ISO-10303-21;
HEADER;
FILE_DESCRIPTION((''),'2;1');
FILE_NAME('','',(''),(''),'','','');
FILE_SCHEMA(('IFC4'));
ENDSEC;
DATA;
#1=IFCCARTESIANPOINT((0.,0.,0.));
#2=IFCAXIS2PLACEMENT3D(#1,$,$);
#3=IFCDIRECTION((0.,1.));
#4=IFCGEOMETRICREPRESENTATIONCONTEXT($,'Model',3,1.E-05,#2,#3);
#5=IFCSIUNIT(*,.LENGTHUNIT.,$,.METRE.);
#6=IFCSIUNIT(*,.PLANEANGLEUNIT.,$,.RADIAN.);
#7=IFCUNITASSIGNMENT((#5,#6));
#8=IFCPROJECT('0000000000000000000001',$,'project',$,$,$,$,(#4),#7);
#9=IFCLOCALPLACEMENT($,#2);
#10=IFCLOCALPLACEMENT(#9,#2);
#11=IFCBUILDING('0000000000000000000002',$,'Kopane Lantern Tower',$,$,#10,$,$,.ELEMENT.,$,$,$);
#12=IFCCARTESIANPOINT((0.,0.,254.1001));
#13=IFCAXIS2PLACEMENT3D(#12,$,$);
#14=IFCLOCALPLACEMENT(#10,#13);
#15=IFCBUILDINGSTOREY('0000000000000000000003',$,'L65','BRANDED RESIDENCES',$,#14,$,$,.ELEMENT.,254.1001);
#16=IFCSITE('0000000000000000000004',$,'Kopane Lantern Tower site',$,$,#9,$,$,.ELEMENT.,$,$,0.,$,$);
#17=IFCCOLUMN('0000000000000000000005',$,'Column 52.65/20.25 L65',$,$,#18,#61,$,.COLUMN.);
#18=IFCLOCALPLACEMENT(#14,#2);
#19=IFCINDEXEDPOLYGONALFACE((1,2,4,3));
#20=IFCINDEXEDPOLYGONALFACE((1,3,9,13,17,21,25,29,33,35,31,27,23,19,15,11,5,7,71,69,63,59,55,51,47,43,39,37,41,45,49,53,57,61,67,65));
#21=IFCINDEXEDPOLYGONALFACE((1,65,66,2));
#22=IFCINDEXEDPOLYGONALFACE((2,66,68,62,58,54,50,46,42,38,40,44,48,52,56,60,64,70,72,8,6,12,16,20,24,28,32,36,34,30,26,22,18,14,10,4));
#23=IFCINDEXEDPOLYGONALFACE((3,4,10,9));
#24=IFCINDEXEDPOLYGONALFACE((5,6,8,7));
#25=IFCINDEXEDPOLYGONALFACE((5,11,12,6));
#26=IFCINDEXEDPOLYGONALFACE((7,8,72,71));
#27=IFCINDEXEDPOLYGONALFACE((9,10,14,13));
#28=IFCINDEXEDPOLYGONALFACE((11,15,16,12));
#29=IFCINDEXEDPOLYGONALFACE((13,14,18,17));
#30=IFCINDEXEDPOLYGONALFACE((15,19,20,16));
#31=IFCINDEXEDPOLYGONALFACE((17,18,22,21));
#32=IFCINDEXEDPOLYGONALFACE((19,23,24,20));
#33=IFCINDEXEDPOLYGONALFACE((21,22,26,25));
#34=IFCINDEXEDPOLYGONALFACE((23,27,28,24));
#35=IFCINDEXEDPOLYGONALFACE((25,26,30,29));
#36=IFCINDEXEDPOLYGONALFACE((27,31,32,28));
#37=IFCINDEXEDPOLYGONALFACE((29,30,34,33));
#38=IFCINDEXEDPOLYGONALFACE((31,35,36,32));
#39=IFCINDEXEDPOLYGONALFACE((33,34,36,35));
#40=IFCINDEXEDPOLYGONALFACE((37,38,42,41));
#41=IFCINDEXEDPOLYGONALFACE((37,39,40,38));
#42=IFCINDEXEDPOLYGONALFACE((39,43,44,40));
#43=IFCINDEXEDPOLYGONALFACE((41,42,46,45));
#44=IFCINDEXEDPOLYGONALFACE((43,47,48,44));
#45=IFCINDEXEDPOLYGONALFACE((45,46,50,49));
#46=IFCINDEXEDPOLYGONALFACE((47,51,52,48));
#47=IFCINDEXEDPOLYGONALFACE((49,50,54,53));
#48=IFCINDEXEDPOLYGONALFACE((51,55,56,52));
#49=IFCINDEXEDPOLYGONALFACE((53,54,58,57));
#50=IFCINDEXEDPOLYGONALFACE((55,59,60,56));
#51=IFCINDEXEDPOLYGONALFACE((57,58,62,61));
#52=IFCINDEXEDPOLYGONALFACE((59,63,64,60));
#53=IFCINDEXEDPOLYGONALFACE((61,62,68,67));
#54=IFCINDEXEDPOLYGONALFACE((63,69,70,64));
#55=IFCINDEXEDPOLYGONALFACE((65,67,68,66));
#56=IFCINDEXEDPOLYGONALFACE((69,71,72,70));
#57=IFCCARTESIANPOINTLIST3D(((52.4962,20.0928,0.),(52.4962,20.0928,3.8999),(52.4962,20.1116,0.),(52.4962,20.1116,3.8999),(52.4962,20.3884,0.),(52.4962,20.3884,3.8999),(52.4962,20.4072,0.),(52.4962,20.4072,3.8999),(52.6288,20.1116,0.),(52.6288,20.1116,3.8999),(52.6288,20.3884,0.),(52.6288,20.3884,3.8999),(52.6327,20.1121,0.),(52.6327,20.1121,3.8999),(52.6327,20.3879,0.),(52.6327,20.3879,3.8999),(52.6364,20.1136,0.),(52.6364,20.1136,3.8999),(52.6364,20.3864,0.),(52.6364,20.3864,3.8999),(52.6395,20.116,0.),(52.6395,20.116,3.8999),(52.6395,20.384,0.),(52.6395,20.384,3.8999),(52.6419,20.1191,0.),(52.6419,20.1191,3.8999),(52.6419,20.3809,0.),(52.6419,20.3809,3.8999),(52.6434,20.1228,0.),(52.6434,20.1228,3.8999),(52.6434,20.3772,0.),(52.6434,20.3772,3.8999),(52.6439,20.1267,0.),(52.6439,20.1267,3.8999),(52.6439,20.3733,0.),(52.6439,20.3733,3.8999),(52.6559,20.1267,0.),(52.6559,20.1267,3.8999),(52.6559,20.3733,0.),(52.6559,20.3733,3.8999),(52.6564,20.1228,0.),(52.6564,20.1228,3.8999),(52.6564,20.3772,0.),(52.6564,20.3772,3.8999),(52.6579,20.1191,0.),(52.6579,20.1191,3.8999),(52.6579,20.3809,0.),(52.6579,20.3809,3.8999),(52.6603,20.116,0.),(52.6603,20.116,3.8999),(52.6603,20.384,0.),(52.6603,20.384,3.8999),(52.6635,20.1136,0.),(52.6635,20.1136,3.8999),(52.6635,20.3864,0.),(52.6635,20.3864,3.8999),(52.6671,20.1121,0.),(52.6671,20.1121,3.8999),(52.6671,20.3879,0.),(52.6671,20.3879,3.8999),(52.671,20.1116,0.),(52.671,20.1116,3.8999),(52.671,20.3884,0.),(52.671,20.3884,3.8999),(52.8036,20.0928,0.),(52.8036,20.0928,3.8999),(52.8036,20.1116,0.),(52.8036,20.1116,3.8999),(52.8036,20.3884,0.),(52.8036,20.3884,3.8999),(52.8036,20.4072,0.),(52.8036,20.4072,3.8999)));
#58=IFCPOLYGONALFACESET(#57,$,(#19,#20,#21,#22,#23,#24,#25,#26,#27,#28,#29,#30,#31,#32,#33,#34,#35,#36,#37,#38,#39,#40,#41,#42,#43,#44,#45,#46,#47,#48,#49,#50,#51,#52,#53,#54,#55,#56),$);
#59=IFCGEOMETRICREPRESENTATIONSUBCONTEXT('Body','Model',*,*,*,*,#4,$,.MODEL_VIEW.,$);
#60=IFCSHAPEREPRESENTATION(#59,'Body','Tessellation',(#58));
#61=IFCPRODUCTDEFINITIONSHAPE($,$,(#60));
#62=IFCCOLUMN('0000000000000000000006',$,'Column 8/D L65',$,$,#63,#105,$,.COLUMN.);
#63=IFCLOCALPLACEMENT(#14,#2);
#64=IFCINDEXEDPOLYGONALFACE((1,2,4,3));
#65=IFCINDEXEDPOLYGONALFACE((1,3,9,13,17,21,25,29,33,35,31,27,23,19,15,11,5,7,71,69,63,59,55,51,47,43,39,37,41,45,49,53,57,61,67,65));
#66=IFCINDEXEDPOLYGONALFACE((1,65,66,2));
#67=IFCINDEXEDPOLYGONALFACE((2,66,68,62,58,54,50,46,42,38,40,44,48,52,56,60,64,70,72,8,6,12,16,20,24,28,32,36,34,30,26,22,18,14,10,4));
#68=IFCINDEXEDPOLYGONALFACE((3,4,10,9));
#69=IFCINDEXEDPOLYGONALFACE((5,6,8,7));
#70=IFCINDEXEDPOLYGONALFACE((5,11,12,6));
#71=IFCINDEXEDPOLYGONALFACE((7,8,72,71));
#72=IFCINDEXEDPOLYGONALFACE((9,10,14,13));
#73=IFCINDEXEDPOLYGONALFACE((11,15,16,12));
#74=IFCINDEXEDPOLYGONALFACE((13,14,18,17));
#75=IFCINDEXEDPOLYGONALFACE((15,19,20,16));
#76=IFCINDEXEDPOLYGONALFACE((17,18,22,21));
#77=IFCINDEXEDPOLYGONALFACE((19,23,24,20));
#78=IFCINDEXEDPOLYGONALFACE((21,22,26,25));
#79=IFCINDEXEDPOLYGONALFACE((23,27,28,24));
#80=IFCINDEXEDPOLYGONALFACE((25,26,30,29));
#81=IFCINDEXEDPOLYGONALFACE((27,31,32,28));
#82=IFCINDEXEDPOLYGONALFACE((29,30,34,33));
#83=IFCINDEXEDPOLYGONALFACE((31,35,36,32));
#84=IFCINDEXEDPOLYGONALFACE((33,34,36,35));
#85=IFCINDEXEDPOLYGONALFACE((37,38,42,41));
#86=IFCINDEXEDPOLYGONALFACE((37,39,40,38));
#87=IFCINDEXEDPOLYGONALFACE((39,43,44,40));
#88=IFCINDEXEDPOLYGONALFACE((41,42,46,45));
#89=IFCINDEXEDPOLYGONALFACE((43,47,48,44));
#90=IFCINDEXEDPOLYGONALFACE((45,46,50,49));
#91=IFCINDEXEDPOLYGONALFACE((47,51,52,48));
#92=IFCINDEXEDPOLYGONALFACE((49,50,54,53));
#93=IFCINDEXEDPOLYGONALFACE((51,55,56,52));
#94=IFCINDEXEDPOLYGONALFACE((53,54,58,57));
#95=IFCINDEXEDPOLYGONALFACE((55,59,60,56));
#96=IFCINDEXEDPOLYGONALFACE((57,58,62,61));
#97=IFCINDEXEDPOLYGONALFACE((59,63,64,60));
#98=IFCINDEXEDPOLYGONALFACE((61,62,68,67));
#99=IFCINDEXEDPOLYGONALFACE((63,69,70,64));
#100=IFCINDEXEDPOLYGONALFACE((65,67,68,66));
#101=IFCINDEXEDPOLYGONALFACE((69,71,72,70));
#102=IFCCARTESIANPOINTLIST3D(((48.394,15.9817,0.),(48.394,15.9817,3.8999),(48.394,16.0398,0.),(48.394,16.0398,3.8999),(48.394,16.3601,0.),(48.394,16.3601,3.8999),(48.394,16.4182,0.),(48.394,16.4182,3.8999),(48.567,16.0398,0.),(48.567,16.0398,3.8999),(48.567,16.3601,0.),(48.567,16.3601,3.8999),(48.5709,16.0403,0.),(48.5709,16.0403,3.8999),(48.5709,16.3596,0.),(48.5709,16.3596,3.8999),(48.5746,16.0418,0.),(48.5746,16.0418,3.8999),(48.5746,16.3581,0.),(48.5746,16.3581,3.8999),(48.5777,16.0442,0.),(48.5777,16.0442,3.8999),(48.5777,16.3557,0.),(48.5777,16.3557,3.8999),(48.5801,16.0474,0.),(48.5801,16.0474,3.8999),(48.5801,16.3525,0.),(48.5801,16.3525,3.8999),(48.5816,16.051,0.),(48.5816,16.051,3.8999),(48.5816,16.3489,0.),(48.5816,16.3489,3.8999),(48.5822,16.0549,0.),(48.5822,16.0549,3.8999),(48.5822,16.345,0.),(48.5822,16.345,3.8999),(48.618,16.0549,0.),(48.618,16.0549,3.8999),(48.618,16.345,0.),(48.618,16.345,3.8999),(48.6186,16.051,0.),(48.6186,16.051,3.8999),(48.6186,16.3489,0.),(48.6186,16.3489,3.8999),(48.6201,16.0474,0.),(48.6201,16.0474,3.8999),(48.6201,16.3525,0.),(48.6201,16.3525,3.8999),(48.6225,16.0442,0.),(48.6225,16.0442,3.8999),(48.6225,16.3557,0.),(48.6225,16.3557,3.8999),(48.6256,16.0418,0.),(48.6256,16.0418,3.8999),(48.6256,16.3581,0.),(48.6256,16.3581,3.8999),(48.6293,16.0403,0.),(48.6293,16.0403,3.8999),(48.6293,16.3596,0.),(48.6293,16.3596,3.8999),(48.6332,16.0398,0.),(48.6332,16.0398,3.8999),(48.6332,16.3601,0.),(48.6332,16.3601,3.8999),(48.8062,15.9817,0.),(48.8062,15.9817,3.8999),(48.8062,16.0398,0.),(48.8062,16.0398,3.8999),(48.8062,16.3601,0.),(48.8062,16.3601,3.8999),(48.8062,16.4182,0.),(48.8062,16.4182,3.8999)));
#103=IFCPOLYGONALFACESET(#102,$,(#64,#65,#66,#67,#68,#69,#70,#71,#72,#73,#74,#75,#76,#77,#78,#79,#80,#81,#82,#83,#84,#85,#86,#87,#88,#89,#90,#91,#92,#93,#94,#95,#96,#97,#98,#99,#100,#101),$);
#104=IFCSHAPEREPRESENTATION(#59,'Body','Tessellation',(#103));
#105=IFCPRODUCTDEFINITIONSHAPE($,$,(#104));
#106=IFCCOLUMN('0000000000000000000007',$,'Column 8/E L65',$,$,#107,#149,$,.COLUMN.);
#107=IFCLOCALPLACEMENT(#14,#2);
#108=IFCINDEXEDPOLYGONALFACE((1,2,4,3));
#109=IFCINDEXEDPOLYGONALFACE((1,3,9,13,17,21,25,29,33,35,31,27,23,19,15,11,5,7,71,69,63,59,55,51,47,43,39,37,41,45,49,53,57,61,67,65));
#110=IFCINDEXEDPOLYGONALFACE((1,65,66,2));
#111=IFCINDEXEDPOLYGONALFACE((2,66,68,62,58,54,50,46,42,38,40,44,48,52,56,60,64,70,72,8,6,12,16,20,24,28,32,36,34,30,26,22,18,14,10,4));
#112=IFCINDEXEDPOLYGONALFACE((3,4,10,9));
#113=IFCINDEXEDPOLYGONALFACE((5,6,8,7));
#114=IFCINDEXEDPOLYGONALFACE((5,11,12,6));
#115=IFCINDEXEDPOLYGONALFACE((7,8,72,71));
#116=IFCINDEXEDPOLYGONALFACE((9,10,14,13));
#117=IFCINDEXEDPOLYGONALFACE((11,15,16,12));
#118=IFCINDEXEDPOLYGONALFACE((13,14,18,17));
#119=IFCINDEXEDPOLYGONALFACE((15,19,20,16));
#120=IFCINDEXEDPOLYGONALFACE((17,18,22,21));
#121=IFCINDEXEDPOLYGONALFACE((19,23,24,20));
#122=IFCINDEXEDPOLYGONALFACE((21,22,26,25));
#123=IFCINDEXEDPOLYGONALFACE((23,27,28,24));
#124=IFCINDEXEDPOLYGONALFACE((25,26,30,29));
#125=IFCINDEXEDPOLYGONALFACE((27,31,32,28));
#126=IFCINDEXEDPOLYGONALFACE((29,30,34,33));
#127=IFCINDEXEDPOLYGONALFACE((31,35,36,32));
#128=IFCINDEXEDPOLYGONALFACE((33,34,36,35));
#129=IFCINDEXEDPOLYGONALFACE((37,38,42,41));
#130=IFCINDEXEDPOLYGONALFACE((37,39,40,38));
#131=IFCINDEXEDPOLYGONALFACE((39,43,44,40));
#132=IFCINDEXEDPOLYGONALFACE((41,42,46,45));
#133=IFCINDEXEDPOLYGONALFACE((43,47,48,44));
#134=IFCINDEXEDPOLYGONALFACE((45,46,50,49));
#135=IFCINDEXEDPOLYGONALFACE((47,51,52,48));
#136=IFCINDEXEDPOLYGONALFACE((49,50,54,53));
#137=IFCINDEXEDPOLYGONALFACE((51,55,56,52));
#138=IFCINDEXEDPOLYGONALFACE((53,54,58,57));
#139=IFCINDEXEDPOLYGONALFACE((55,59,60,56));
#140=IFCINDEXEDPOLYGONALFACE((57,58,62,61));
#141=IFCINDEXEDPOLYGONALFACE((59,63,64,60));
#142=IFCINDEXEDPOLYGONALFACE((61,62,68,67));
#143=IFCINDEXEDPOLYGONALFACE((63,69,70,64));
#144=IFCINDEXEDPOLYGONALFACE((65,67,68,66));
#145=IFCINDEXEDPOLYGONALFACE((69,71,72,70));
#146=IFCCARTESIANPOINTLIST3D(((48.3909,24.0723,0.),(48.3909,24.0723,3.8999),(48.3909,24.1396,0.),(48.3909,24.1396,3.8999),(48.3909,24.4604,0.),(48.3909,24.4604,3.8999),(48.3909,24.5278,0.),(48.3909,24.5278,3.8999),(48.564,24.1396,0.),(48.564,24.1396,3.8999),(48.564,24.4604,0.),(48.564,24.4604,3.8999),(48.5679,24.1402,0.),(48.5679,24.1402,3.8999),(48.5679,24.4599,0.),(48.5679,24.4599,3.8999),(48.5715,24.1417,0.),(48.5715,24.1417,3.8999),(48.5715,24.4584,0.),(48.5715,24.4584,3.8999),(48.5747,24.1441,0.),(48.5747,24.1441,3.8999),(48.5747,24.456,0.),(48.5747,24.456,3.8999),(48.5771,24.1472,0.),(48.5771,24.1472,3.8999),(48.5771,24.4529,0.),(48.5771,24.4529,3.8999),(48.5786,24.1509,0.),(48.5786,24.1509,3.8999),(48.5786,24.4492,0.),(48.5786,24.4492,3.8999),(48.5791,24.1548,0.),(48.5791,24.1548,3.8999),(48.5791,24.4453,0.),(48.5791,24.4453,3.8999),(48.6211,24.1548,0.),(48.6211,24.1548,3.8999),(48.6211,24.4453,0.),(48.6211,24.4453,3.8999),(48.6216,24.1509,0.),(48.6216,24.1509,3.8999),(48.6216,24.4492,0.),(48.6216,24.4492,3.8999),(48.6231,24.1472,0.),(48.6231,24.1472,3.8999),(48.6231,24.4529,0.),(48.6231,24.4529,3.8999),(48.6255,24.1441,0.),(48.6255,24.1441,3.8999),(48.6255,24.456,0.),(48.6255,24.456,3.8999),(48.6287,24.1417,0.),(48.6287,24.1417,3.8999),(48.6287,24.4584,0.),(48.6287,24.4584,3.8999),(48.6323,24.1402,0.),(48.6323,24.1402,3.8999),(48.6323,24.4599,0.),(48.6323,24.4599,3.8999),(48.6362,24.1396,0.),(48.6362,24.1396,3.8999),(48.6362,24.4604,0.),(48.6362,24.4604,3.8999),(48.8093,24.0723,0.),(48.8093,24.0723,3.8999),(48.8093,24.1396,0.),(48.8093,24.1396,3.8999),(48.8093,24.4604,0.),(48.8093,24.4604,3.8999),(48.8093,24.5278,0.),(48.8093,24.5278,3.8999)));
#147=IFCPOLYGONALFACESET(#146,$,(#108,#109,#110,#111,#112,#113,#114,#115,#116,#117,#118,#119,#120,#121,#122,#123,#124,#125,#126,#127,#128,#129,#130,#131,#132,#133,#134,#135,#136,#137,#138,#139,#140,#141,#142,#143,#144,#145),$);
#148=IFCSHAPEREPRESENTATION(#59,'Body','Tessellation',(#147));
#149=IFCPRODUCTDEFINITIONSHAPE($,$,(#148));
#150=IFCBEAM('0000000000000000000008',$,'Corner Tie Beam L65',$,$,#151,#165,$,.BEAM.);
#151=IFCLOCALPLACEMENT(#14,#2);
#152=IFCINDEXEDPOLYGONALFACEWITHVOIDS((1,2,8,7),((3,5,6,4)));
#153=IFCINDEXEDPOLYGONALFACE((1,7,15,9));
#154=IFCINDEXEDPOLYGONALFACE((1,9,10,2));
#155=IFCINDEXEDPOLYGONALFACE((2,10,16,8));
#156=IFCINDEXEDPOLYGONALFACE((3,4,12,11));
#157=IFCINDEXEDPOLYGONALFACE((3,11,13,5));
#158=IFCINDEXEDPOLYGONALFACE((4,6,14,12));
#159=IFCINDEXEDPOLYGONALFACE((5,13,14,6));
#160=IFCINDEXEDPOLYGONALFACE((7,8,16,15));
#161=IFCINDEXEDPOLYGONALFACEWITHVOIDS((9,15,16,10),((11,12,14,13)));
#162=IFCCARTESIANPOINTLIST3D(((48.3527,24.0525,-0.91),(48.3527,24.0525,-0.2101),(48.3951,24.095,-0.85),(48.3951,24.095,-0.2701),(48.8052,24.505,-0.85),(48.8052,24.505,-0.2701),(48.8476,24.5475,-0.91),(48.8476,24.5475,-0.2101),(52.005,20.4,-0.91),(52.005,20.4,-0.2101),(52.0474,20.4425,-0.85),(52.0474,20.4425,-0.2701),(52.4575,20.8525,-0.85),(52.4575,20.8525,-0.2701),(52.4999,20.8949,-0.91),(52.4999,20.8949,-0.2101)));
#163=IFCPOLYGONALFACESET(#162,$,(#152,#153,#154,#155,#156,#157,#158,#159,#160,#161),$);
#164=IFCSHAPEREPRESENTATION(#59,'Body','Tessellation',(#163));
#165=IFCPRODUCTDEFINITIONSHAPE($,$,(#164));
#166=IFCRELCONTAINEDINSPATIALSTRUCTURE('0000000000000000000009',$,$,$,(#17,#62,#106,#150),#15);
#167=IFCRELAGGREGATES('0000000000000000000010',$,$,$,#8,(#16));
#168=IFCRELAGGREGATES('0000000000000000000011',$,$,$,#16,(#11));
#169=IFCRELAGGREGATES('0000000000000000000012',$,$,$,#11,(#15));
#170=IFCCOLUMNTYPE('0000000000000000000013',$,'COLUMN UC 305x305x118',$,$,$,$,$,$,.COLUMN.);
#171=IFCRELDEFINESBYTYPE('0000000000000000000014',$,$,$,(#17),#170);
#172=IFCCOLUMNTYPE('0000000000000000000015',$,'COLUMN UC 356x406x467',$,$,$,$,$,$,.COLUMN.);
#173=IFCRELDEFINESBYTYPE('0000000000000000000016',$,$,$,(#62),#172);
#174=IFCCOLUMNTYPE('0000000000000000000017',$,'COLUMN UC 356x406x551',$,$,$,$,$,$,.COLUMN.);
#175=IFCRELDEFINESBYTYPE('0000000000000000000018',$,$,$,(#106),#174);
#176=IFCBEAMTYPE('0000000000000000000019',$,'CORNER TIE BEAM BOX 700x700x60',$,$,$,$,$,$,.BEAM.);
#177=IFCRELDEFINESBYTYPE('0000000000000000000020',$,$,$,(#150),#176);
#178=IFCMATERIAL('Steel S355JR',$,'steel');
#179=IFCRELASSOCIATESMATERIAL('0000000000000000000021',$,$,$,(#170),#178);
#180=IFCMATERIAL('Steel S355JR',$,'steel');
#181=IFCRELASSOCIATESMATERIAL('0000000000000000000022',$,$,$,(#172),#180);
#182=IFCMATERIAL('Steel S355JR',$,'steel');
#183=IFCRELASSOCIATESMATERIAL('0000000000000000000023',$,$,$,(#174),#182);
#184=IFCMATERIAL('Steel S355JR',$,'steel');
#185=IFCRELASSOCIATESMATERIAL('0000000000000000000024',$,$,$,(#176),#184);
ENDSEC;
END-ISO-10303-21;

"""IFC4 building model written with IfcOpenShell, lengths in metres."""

from ifc_helpers import new_model, si_unit, direction, frame, origin, origin_2d, place, context, subcontext, project, spatial, hollow_rectangle, i_section, extrude, material, material_profile, profile_set, type_object, element, save


model = new_model("IFC4")

# Units and contexts
model_context = context("Model", 3, precision=1e-05, world=origin(), true_north=direction((0.0, 1.0)))
body_context = subcontext(model_context, "Body", "Model", "MODEL_VIEW")
ifc_project = project(units=[si_unit("LENGTHUNIT", "METRE"), si_unit("PLANEANGLEUNIT", "RADIAN")], contexts=[model_context])

# Site, building, storey
site_placement = place(None, origin())
site = spatial("IfcSite", under=ifc_project, at=site_placement, Name="Kopane Lantern Tower site", CompositionType="ELEMENT", RefElevation=0.0)
building_placement = place(site_placement, origin())
building = spatial("IfcBuilding", under=site, at=building_placement, Name="Kopane Lantern Tower", CompositionType="ELEMENT")
storey_placement = place(building_placement, frame((0.0, 0.0, 254.1001)))
storey = spatial("IfcBuildingStorey", under=building, at=storey_placement, Name="L65", Description="BRANDED RESIDENCES", CompositionType="ELEMENT", Elevation=254.1001)

# Columns
ifc_material_1 = material(Name="Steel S355JR", Category="steel")
ifc_material_profile_1 = material_profile(ifc_material_1, i_section(OverallWidth=0.3074, OverallDepth=0.3145, WebThickness=0.012, FlangeThickness=0.0188, FilletRadius=0.0151, at=origin_2d()), Name="UC 305x305x118")
ifc_profile_set_1 = profile_set([ifc_material_profile_1], Name="Steel S355JR")
column_type_1 = type_object("IfcColumnType", Name="COLUMN UC 305x305x118", PredefinedType="COLUMN", material=ifc_profile_set_1)
column_1_placement = place(storey_placement, frame((52.6499, 20.25, 0.0), z_axis=(0.0, 0.0, 1.0), x_axis=(1.0, 0.0, 0.0)))
element("IfcColumn", 1, at=column_1_placement, inside=storey, type_object=column_type_1, Name="Column 52.65/20.25 L65", PredefinedType="COLUMN", context=body_context, shape_type="SweptSolid", body=[
    extrude(i_section(OverallWidth=0.3074, OverallDepth=0.3145, WebThickness=0.012, FlangeThickness=0.0188, FilletRadius=0.0151, at=origin_2d()), origin(), (0.0, 0.0, 1.0), 3.8999),
])
ifc_material_2 = material(Name="Steel S355JR", Category="steel")
ifc_material_profile_2 = material_profile(ifc_material_2, i_section(OverallWidth=0.4121, OverallDepth=0.4365, WebThickness=0.0359, FlangeThickness=0.0581, FilletRadius=0.0151, at=origin_2d()), Name="UC 356x406x467")
ifc_profile_set_2 = profile_set([ifc_material_profile_2], Name="Steel S355JR")
column_type_2 = type_object("IfcColumnType", Name="COLUMN UC 356x406x467", PredefinedType="COLUMN", material=ifc_profile_set_2)
column_2_placement = place(storey_placement, frame((48.6001, 16.2, 0.0), z_axis=(0.0, 0.0, 1.0), x_axis=(1.0, 0.0, 0.0)))
element("IfcColumn", 2, at=column_2_placement, inside=storey, type_object=column_type_2, Name="Column 8/D L65", PredefinedType="COLUMN", context=body_context, shape_type="SweptSolid", body=[
    extrude(i_section(OverallWidth=0.4121, OverallDepth=0.4365, WebThickness=0.0359, FlangeThickness=0.0581, FilletRadius=0.0151, at=origin_2d()), origin(), (0.0, 0.0, 1.0), 3.8999),
])
ifc_material_3 = material(Name="Steel S355JR", Category="steel")
ifc_material_profile_3 = material_profile(ifc_material_3, i_section(OverallWidth=0.4185, OverallDepth=0.4556, WebThickness=0.042, FlangeThickness=0.0674, FilletRadius=0.0151, at=origin_2d()), Name="UC 356x406x551")
ifc_profile_set_3 = profile_set([ifc_material_profile_3], Name="Steel S355JR")
column_type_3 = type_object("IfcColumnType", Name="COLUMN UC 356x406x551", PredefinedType="COLUMN", material=ifc_profile_set_3)
column_3_placement = place(storey_placement, frame((48.6001, 24.3, 0.0), z_axis=(0.0, 0.0, 1.0), x_axis=(1.0, 0.0, 0.0)))
element("IfcColumn", 3, at=column_3_placement, inside=storey, type_object=column_type_3, Name="Column 8/E L65", PredefinedType="COLUMN", context=body_context, shape_type="SweptSolid", body=[
    extrude(i_section(OverallWidth=0.4185, OverallDepth=0.4556, WebThickness=0.042, FlangeThickness=0.0674, FilletRadius=0.0151, at=origin_2d()), origin(), (0.0, 0.0, 1.0), 3.8999),
])

# Beam
ifc_material_4 = material(Name="Steel S355JR", Category="steel")
ifc_material_profile_4 = material_profile(ifc_material_4, hollow_rectangle(XDim=0.7, YDim=0.7, WallThickness=0.0601, at=origin_2d()), Name="BOX 700x700x60")
ifc_profile_set_4 = profile_set([ifc_material_profile_4], Name="Steel S355JR")
beam_type_1 = type_object("IfcBeamType", Name="CORNER TIE BEAM BOX 700x700x60", PredefinedType="BEAM", material=ifc_profile_set_4)
beam_1_placement = place(storey_placement, frame((52.2524, 20.6475, -0.5601), z_axis=(-0.707083, 0.70713, 0.0), x_axis=(-0.70713, -0.707083, 0.0)))
element("IfcBeam", 4, at=beam_1_placement, inside=storey, type_object=beam_type_1, Name="Corner Tie Beam L65", PredefinedType="BEAM", context=body_context, shape_type="SweptSolid", body=[
    extrude(hollow_rectangle(XDim=0.7, YDim=0.7, WallThickness=0.0601, at=origin_2d()), origin(), (0.0, 0.0, 1.0), 5.1653),
])

save(model, "model.ifc")
